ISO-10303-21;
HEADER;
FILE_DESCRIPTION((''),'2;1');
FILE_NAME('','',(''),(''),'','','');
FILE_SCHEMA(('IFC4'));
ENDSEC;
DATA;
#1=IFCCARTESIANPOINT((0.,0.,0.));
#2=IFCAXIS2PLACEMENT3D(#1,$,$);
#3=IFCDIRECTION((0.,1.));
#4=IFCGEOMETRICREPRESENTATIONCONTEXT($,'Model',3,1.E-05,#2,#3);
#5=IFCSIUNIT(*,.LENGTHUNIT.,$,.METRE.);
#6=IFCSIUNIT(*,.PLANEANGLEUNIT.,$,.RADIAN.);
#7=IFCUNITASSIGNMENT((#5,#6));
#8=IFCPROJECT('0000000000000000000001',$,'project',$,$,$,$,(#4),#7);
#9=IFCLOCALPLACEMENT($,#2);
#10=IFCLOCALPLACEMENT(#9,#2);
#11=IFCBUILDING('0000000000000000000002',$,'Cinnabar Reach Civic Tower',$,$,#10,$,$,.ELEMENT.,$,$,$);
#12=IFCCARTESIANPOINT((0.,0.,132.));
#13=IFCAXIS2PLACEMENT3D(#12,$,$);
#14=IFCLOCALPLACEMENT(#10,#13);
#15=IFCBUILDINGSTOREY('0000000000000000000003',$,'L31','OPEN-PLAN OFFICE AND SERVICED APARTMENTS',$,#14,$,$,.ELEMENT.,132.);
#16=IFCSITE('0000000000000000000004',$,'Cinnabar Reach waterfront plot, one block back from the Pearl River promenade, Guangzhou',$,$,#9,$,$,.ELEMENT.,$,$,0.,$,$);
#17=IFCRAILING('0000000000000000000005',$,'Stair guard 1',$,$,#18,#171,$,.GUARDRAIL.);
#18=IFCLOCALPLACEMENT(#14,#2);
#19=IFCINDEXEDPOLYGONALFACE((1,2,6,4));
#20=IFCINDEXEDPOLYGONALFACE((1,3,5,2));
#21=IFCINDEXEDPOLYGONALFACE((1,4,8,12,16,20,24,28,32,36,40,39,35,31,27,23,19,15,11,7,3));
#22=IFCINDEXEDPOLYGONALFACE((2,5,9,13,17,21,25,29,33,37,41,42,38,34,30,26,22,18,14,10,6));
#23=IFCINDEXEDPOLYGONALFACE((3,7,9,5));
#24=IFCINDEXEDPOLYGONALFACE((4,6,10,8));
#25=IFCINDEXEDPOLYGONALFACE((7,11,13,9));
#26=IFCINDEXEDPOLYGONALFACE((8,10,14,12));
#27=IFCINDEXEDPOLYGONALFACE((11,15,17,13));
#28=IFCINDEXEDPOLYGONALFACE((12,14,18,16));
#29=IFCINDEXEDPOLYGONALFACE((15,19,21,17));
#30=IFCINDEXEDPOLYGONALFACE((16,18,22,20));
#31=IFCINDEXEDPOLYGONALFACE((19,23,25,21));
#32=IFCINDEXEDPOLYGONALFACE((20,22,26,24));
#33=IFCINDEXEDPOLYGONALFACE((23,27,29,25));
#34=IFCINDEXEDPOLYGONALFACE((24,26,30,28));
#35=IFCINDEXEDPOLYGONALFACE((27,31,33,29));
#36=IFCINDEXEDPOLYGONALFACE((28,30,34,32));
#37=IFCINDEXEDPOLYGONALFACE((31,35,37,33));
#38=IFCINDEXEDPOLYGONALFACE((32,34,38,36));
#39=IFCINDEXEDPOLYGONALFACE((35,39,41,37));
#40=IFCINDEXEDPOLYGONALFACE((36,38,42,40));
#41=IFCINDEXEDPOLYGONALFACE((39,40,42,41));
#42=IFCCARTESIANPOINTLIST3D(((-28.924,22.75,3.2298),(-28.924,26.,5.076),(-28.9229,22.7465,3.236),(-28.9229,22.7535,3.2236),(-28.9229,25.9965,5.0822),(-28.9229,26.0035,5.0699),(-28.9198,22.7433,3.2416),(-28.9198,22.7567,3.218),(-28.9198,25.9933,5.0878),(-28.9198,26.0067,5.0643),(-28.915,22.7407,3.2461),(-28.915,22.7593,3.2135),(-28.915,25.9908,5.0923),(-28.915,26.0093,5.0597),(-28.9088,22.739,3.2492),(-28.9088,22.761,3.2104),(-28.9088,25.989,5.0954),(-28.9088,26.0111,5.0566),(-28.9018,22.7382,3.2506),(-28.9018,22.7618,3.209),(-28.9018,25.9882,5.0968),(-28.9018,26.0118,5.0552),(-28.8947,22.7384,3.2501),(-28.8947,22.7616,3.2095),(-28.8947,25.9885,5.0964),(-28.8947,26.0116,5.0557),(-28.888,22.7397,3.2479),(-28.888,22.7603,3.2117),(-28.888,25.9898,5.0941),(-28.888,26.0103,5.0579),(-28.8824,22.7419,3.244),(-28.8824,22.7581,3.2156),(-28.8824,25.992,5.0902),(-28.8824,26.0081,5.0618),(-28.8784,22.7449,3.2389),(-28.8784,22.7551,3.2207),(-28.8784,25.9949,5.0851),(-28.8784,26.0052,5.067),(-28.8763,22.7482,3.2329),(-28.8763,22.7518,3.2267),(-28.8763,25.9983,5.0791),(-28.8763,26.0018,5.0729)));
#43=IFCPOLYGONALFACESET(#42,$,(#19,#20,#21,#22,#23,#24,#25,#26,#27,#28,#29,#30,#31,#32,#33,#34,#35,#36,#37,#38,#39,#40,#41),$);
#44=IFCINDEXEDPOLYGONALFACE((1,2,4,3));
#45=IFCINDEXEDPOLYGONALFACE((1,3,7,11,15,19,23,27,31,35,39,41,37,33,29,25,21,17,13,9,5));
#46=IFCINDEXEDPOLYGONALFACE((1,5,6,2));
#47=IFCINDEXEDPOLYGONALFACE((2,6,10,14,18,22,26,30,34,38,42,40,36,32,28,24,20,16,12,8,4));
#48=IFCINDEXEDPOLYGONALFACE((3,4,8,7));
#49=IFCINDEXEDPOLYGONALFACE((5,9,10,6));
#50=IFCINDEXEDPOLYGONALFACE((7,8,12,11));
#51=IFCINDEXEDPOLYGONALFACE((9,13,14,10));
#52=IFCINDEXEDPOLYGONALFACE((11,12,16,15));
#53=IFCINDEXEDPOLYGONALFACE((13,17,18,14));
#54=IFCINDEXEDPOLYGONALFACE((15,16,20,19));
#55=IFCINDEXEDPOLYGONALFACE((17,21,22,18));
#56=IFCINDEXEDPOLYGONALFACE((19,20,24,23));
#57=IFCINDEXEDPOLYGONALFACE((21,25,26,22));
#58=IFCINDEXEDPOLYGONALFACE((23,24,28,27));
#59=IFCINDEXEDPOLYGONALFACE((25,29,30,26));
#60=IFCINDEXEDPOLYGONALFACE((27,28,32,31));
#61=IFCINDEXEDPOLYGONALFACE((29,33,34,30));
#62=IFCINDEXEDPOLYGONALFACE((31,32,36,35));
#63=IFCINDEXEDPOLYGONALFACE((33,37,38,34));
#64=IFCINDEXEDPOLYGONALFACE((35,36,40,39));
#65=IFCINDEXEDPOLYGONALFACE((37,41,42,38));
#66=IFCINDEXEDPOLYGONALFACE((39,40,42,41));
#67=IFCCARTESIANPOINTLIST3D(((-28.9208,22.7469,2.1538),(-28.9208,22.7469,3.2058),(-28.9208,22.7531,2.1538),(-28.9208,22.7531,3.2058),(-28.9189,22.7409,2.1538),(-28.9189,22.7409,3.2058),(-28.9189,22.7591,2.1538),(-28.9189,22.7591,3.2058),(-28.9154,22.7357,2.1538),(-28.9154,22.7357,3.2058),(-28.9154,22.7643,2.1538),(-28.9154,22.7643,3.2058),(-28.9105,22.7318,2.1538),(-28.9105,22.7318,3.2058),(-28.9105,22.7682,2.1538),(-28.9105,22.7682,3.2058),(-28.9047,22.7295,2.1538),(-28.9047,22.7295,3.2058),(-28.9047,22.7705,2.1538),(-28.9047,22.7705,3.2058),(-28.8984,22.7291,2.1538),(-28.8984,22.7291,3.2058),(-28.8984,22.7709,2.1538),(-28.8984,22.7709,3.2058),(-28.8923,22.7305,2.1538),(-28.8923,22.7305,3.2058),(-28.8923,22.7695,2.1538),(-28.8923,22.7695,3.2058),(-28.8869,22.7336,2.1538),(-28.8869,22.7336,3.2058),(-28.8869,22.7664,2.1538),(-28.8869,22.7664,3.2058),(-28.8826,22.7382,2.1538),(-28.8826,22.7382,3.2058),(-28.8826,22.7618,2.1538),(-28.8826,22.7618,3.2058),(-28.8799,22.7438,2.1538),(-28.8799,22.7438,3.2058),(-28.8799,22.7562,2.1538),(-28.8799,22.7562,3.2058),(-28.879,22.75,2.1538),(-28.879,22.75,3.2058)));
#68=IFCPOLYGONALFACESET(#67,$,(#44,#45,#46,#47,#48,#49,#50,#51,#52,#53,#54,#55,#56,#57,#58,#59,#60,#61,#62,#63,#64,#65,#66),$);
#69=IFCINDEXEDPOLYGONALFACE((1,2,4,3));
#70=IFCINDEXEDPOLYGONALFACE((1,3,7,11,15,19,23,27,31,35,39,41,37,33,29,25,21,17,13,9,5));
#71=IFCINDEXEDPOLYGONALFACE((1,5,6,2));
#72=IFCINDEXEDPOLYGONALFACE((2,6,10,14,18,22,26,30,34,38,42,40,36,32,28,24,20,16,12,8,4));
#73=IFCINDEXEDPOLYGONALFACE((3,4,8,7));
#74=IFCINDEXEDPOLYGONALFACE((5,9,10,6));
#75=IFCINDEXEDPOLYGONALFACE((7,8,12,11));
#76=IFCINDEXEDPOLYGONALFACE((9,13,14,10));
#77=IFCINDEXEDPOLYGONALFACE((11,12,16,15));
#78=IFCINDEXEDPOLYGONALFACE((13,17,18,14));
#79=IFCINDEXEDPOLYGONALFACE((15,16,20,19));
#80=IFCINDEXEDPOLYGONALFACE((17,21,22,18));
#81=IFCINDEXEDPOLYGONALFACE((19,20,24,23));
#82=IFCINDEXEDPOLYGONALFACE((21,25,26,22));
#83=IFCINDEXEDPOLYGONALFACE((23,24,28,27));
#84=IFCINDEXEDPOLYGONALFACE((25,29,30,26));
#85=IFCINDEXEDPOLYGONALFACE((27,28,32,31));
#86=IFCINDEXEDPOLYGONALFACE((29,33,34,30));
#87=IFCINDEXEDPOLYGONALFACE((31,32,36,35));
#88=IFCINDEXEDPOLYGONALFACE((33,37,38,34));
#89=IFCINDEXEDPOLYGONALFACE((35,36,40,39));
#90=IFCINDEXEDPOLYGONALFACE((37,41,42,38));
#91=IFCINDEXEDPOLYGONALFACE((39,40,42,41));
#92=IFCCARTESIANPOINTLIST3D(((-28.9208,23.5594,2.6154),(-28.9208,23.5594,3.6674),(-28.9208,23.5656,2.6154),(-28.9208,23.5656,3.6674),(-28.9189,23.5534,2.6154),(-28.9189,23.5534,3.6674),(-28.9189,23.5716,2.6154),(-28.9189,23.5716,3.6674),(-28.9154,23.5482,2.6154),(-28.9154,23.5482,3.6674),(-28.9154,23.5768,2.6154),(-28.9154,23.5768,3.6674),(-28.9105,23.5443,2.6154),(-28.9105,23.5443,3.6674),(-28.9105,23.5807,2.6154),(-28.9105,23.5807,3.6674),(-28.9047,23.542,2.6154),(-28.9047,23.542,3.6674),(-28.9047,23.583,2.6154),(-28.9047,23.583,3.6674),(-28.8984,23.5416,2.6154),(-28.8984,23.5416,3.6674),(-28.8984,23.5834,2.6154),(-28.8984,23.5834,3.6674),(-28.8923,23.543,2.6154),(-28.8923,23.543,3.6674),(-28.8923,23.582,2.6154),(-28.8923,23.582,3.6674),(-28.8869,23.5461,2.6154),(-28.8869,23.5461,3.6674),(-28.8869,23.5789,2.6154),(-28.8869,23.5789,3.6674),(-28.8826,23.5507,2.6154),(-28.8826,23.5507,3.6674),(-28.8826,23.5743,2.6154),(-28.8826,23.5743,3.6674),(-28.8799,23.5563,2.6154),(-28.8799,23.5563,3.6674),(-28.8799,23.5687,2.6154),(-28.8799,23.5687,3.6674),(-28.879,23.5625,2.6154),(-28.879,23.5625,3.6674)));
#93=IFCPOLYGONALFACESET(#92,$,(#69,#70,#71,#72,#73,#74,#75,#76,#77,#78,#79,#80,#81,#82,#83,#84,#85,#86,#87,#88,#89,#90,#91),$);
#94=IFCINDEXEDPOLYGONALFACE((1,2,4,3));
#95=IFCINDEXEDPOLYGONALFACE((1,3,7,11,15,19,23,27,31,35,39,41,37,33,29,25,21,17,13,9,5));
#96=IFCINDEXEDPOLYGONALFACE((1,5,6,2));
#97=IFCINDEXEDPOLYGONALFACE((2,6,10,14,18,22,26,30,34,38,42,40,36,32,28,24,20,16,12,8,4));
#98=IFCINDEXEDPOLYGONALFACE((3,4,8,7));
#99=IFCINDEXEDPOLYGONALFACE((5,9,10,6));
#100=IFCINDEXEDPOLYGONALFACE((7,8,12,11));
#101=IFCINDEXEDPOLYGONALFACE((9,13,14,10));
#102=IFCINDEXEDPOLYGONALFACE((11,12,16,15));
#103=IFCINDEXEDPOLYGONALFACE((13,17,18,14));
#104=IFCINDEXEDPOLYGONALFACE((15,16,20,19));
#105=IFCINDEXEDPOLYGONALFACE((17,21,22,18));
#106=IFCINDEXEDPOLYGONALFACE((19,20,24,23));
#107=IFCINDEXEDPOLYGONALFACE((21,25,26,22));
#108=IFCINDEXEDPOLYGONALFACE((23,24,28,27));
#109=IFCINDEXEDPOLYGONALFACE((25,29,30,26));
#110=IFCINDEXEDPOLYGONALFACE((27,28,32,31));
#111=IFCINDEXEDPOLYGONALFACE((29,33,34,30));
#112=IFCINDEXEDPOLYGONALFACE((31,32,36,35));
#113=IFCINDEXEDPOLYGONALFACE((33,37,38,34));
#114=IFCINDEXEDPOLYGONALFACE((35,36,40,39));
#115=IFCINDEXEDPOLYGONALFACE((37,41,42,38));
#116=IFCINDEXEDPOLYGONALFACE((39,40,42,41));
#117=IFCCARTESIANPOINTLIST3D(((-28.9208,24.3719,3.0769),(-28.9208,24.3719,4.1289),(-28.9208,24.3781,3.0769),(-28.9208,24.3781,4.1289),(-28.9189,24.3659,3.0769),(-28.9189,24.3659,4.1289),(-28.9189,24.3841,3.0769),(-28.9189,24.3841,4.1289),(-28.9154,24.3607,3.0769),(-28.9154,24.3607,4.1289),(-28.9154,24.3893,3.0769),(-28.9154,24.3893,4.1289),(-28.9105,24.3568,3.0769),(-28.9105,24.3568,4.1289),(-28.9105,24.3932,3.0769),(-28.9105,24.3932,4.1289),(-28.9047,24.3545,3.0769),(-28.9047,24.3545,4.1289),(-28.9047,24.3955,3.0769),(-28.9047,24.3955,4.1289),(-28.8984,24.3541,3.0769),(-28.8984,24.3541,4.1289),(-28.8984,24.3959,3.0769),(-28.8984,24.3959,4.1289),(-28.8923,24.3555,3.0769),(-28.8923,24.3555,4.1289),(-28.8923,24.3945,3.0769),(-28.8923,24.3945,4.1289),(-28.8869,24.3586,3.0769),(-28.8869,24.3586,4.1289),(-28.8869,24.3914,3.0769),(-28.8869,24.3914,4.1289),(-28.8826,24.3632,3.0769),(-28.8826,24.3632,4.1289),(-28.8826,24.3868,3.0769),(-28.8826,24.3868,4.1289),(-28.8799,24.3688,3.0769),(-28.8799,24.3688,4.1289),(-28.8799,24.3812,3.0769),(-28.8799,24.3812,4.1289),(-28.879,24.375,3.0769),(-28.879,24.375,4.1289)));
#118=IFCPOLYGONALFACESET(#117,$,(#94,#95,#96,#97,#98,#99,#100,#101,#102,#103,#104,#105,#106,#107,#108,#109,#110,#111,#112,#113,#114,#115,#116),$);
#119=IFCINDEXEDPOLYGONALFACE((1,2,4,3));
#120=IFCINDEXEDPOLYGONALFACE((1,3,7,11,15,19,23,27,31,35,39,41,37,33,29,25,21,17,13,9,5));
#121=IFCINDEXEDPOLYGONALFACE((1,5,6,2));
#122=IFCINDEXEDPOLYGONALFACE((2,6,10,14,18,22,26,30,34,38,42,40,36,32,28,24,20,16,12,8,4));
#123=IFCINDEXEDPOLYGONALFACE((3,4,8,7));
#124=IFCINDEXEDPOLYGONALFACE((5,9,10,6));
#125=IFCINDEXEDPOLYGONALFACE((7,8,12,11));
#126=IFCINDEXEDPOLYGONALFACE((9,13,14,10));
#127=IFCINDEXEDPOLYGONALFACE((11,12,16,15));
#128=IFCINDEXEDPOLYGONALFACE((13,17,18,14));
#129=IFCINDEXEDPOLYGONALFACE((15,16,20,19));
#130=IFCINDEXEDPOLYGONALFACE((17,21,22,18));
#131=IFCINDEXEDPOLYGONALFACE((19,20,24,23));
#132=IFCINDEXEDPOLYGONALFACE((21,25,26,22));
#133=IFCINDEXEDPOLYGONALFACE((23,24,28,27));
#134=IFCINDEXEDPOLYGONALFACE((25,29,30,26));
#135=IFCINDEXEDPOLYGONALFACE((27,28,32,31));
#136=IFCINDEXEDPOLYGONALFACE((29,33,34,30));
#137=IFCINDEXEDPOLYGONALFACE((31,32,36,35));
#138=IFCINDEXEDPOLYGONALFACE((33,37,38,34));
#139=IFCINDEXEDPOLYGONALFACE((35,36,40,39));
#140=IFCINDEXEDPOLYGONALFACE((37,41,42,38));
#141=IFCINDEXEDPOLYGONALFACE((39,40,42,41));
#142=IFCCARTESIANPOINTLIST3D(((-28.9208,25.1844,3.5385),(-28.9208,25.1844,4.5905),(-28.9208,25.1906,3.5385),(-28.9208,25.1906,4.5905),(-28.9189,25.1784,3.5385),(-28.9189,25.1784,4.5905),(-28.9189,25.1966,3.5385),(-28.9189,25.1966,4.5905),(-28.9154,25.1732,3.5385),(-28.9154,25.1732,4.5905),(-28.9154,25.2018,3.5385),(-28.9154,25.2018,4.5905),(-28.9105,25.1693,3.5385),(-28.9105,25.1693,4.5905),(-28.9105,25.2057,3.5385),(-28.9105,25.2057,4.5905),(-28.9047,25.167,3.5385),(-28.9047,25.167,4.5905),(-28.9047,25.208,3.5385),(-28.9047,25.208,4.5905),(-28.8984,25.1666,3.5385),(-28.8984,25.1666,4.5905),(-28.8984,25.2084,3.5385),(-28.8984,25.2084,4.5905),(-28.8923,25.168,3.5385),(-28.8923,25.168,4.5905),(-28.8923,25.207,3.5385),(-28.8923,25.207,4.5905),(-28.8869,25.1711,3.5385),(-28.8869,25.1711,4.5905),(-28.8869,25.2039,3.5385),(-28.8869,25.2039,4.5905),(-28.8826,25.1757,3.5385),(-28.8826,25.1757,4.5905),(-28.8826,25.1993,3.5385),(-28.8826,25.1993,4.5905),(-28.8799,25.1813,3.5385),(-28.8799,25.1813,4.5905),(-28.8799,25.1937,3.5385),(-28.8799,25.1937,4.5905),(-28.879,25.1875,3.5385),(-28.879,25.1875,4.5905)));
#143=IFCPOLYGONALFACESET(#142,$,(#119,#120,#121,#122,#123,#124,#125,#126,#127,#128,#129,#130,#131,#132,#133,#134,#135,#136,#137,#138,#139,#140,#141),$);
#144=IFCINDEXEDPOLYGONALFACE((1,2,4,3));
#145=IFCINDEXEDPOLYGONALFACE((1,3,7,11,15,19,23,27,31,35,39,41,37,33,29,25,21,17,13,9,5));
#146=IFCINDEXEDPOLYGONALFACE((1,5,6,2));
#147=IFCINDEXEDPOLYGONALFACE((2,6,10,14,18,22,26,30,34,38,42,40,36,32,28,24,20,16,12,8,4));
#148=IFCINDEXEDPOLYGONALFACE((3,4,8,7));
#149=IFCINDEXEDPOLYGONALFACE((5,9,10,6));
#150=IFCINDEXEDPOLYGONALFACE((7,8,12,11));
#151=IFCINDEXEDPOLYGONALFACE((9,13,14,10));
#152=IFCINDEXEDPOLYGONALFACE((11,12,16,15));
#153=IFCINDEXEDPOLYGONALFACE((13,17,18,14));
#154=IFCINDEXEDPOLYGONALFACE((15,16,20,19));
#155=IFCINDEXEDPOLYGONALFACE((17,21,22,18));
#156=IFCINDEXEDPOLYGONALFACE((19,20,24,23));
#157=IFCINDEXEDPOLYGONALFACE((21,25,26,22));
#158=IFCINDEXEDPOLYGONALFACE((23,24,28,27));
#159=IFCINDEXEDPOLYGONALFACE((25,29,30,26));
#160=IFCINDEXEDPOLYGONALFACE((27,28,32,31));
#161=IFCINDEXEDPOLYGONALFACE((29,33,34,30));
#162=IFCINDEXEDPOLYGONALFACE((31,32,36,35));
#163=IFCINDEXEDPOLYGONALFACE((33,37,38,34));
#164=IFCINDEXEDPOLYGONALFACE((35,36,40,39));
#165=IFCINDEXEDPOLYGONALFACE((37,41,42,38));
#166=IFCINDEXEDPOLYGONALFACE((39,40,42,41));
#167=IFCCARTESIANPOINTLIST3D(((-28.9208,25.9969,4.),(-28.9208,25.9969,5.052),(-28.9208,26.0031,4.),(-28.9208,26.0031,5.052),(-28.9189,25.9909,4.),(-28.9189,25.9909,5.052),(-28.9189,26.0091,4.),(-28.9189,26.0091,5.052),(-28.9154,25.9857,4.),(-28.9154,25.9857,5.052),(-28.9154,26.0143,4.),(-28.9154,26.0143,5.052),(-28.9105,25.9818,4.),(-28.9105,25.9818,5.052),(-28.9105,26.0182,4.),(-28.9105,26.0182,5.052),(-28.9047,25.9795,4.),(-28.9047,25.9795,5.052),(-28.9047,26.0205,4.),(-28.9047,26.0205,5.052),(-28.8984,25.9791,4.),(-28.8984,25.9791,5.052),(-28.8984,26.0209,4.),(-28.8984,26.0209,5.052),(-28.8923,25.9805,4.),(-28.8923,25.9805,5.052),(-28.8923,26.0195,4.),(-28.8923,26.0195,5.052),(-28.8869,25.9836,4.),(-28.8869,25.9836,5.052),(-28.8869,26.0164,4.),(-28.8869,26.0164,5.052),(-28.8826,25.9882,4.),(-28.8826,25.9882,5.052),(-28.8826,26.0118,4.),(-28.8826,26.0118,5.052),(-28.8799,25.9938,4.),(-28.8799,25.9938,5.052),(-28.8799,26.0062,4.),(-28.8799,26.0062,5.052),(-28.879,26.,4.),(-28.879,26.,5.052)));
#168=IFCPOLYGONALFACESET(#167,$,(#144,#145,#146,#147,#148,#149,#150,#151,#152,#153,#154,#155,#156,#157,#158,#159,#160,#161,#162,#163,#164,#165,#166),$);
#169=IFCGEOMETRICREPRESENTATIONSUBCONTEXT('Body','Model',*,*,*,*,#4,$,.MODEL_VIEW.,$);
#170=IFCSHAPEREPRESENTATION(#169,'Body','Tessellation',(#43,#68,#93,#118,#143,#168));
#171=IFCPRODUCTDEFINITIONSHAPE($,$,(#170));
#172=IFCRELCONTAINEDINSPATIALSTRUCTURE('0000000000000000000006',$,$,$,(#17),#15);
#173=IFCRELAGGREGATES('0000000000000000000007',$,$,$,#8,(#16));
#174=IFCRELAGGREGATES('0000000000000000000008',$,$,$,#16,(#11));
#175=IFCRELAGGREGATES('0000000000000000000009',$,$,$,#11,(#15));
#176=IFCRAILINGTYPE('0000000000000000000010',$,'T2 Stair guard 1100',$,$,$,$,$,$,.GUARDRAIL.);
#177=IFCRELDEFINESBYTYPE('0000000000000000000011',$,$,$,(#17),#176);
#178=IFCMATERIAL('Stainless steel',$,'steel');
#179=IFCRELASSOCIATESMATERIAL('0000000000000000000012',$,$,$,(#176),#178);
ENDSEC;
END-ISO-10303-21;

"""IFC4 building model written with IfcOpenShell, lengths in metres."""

from ifc_helpers import new_model, si_unit, direction, frame, origin, origin_2d, place, context, subcontext, project, spatial, circle, extrude, material, type_object, element, save


model = new_model("IFC4")

# Units and contexts
model_context = context("Model", 3, precision=1e-05, world=origin(), true_north=direction((0.0, 1.0)))
body_context = subcontext(model_context, "Body", "Model", "MODEL_VIEW")
ifc_project = project(units=[si_unit("LENGTHUNIT", "METRE"), si_unit("PLANEANGLEUNIT", "RADIAN")], contexts=[model_context])

# Site, building, storey
site_placement = place(None, origin())
site = spatial("IfcSite", under=ifc_project, at=site_placement, Name="Cinnabar Reach waterfront plot, one block back from the Pearl River promenade, Guangzhou", CompositionType="ELEMENT", RefElevation=0.0)
building_placement = place(site_placement, origin())
building = spatial("IfcBuilding", under=site, at=building_placement, Name="Cinnabar Reach Civic Tower", CompositionType="ELEMENT")
storey_placement = place(building_placement, frame((0.0, 0.0, 132.0)))
storey = spatial("IfcBuildingStorey", under=building, at=storey_placement, Name="L31", Description="OPEN-PLAN OFFICE AND SERVICED APARTMENTS", CompositionType="ELEMENT", Elevation=132.0)

# Railing
ifc_material_1 = material(Name="Stainless steel", Category="steel")
railing_type = type_object("IfcRailingType", Name="T2 Stair guard 1100", PredefinedType="GUARDRAIL", material=ifc_material_1)
railing_1_placement = place(storey_placement, frame((-28.9, 22.75, 2.1538)))
element("IfcRailing", 1, at=railing_1_placement, inside=storey, type_object=railing_type, Name="Stair guard 1", PredefinedType="GUARDRAIL", context=body_context, shape_type="SweptSolid", body=[
    extrude(circle(Radius=0.024, at=origin_2d()), frame((0.0, 0.0, 1.076), z_axis=(0.0, 0.869501, 0.49393), x_axis=(-1.0, 0.0, 0.0)), (0.0, 0.0, 1.0), 3.7378),
    extrude(circle(Radius=0.021, at=origin_2d()), origin(), (0.0, 0.0, 1.0), 1.052),
    extrude(circle(Radius=0.021, at=origin_2d()), frame((0.0, 0.8125, 0.4616)), (0.0, 0.0, 1.0), 1.052),
    extrude(circle(Radius=0.021, at=origin_2d()), frame((0.0, 1.625, 0.9231)), (0.0, 0.0, 1.0), 1.052),
    extrude(circle(Radius=0.021, at=origin_2d()), frame((0.0, 2.4375, 1.3847)), (0.0, 0.0, 1.0), 1.052),
    extrude(circle(Radius=0.021, at=origin_2d()), frame((0.0, 3.25, 1.8462)), (0.0, 0.0, 1.0), 1.052),
])

save(model, "model.ifc")
